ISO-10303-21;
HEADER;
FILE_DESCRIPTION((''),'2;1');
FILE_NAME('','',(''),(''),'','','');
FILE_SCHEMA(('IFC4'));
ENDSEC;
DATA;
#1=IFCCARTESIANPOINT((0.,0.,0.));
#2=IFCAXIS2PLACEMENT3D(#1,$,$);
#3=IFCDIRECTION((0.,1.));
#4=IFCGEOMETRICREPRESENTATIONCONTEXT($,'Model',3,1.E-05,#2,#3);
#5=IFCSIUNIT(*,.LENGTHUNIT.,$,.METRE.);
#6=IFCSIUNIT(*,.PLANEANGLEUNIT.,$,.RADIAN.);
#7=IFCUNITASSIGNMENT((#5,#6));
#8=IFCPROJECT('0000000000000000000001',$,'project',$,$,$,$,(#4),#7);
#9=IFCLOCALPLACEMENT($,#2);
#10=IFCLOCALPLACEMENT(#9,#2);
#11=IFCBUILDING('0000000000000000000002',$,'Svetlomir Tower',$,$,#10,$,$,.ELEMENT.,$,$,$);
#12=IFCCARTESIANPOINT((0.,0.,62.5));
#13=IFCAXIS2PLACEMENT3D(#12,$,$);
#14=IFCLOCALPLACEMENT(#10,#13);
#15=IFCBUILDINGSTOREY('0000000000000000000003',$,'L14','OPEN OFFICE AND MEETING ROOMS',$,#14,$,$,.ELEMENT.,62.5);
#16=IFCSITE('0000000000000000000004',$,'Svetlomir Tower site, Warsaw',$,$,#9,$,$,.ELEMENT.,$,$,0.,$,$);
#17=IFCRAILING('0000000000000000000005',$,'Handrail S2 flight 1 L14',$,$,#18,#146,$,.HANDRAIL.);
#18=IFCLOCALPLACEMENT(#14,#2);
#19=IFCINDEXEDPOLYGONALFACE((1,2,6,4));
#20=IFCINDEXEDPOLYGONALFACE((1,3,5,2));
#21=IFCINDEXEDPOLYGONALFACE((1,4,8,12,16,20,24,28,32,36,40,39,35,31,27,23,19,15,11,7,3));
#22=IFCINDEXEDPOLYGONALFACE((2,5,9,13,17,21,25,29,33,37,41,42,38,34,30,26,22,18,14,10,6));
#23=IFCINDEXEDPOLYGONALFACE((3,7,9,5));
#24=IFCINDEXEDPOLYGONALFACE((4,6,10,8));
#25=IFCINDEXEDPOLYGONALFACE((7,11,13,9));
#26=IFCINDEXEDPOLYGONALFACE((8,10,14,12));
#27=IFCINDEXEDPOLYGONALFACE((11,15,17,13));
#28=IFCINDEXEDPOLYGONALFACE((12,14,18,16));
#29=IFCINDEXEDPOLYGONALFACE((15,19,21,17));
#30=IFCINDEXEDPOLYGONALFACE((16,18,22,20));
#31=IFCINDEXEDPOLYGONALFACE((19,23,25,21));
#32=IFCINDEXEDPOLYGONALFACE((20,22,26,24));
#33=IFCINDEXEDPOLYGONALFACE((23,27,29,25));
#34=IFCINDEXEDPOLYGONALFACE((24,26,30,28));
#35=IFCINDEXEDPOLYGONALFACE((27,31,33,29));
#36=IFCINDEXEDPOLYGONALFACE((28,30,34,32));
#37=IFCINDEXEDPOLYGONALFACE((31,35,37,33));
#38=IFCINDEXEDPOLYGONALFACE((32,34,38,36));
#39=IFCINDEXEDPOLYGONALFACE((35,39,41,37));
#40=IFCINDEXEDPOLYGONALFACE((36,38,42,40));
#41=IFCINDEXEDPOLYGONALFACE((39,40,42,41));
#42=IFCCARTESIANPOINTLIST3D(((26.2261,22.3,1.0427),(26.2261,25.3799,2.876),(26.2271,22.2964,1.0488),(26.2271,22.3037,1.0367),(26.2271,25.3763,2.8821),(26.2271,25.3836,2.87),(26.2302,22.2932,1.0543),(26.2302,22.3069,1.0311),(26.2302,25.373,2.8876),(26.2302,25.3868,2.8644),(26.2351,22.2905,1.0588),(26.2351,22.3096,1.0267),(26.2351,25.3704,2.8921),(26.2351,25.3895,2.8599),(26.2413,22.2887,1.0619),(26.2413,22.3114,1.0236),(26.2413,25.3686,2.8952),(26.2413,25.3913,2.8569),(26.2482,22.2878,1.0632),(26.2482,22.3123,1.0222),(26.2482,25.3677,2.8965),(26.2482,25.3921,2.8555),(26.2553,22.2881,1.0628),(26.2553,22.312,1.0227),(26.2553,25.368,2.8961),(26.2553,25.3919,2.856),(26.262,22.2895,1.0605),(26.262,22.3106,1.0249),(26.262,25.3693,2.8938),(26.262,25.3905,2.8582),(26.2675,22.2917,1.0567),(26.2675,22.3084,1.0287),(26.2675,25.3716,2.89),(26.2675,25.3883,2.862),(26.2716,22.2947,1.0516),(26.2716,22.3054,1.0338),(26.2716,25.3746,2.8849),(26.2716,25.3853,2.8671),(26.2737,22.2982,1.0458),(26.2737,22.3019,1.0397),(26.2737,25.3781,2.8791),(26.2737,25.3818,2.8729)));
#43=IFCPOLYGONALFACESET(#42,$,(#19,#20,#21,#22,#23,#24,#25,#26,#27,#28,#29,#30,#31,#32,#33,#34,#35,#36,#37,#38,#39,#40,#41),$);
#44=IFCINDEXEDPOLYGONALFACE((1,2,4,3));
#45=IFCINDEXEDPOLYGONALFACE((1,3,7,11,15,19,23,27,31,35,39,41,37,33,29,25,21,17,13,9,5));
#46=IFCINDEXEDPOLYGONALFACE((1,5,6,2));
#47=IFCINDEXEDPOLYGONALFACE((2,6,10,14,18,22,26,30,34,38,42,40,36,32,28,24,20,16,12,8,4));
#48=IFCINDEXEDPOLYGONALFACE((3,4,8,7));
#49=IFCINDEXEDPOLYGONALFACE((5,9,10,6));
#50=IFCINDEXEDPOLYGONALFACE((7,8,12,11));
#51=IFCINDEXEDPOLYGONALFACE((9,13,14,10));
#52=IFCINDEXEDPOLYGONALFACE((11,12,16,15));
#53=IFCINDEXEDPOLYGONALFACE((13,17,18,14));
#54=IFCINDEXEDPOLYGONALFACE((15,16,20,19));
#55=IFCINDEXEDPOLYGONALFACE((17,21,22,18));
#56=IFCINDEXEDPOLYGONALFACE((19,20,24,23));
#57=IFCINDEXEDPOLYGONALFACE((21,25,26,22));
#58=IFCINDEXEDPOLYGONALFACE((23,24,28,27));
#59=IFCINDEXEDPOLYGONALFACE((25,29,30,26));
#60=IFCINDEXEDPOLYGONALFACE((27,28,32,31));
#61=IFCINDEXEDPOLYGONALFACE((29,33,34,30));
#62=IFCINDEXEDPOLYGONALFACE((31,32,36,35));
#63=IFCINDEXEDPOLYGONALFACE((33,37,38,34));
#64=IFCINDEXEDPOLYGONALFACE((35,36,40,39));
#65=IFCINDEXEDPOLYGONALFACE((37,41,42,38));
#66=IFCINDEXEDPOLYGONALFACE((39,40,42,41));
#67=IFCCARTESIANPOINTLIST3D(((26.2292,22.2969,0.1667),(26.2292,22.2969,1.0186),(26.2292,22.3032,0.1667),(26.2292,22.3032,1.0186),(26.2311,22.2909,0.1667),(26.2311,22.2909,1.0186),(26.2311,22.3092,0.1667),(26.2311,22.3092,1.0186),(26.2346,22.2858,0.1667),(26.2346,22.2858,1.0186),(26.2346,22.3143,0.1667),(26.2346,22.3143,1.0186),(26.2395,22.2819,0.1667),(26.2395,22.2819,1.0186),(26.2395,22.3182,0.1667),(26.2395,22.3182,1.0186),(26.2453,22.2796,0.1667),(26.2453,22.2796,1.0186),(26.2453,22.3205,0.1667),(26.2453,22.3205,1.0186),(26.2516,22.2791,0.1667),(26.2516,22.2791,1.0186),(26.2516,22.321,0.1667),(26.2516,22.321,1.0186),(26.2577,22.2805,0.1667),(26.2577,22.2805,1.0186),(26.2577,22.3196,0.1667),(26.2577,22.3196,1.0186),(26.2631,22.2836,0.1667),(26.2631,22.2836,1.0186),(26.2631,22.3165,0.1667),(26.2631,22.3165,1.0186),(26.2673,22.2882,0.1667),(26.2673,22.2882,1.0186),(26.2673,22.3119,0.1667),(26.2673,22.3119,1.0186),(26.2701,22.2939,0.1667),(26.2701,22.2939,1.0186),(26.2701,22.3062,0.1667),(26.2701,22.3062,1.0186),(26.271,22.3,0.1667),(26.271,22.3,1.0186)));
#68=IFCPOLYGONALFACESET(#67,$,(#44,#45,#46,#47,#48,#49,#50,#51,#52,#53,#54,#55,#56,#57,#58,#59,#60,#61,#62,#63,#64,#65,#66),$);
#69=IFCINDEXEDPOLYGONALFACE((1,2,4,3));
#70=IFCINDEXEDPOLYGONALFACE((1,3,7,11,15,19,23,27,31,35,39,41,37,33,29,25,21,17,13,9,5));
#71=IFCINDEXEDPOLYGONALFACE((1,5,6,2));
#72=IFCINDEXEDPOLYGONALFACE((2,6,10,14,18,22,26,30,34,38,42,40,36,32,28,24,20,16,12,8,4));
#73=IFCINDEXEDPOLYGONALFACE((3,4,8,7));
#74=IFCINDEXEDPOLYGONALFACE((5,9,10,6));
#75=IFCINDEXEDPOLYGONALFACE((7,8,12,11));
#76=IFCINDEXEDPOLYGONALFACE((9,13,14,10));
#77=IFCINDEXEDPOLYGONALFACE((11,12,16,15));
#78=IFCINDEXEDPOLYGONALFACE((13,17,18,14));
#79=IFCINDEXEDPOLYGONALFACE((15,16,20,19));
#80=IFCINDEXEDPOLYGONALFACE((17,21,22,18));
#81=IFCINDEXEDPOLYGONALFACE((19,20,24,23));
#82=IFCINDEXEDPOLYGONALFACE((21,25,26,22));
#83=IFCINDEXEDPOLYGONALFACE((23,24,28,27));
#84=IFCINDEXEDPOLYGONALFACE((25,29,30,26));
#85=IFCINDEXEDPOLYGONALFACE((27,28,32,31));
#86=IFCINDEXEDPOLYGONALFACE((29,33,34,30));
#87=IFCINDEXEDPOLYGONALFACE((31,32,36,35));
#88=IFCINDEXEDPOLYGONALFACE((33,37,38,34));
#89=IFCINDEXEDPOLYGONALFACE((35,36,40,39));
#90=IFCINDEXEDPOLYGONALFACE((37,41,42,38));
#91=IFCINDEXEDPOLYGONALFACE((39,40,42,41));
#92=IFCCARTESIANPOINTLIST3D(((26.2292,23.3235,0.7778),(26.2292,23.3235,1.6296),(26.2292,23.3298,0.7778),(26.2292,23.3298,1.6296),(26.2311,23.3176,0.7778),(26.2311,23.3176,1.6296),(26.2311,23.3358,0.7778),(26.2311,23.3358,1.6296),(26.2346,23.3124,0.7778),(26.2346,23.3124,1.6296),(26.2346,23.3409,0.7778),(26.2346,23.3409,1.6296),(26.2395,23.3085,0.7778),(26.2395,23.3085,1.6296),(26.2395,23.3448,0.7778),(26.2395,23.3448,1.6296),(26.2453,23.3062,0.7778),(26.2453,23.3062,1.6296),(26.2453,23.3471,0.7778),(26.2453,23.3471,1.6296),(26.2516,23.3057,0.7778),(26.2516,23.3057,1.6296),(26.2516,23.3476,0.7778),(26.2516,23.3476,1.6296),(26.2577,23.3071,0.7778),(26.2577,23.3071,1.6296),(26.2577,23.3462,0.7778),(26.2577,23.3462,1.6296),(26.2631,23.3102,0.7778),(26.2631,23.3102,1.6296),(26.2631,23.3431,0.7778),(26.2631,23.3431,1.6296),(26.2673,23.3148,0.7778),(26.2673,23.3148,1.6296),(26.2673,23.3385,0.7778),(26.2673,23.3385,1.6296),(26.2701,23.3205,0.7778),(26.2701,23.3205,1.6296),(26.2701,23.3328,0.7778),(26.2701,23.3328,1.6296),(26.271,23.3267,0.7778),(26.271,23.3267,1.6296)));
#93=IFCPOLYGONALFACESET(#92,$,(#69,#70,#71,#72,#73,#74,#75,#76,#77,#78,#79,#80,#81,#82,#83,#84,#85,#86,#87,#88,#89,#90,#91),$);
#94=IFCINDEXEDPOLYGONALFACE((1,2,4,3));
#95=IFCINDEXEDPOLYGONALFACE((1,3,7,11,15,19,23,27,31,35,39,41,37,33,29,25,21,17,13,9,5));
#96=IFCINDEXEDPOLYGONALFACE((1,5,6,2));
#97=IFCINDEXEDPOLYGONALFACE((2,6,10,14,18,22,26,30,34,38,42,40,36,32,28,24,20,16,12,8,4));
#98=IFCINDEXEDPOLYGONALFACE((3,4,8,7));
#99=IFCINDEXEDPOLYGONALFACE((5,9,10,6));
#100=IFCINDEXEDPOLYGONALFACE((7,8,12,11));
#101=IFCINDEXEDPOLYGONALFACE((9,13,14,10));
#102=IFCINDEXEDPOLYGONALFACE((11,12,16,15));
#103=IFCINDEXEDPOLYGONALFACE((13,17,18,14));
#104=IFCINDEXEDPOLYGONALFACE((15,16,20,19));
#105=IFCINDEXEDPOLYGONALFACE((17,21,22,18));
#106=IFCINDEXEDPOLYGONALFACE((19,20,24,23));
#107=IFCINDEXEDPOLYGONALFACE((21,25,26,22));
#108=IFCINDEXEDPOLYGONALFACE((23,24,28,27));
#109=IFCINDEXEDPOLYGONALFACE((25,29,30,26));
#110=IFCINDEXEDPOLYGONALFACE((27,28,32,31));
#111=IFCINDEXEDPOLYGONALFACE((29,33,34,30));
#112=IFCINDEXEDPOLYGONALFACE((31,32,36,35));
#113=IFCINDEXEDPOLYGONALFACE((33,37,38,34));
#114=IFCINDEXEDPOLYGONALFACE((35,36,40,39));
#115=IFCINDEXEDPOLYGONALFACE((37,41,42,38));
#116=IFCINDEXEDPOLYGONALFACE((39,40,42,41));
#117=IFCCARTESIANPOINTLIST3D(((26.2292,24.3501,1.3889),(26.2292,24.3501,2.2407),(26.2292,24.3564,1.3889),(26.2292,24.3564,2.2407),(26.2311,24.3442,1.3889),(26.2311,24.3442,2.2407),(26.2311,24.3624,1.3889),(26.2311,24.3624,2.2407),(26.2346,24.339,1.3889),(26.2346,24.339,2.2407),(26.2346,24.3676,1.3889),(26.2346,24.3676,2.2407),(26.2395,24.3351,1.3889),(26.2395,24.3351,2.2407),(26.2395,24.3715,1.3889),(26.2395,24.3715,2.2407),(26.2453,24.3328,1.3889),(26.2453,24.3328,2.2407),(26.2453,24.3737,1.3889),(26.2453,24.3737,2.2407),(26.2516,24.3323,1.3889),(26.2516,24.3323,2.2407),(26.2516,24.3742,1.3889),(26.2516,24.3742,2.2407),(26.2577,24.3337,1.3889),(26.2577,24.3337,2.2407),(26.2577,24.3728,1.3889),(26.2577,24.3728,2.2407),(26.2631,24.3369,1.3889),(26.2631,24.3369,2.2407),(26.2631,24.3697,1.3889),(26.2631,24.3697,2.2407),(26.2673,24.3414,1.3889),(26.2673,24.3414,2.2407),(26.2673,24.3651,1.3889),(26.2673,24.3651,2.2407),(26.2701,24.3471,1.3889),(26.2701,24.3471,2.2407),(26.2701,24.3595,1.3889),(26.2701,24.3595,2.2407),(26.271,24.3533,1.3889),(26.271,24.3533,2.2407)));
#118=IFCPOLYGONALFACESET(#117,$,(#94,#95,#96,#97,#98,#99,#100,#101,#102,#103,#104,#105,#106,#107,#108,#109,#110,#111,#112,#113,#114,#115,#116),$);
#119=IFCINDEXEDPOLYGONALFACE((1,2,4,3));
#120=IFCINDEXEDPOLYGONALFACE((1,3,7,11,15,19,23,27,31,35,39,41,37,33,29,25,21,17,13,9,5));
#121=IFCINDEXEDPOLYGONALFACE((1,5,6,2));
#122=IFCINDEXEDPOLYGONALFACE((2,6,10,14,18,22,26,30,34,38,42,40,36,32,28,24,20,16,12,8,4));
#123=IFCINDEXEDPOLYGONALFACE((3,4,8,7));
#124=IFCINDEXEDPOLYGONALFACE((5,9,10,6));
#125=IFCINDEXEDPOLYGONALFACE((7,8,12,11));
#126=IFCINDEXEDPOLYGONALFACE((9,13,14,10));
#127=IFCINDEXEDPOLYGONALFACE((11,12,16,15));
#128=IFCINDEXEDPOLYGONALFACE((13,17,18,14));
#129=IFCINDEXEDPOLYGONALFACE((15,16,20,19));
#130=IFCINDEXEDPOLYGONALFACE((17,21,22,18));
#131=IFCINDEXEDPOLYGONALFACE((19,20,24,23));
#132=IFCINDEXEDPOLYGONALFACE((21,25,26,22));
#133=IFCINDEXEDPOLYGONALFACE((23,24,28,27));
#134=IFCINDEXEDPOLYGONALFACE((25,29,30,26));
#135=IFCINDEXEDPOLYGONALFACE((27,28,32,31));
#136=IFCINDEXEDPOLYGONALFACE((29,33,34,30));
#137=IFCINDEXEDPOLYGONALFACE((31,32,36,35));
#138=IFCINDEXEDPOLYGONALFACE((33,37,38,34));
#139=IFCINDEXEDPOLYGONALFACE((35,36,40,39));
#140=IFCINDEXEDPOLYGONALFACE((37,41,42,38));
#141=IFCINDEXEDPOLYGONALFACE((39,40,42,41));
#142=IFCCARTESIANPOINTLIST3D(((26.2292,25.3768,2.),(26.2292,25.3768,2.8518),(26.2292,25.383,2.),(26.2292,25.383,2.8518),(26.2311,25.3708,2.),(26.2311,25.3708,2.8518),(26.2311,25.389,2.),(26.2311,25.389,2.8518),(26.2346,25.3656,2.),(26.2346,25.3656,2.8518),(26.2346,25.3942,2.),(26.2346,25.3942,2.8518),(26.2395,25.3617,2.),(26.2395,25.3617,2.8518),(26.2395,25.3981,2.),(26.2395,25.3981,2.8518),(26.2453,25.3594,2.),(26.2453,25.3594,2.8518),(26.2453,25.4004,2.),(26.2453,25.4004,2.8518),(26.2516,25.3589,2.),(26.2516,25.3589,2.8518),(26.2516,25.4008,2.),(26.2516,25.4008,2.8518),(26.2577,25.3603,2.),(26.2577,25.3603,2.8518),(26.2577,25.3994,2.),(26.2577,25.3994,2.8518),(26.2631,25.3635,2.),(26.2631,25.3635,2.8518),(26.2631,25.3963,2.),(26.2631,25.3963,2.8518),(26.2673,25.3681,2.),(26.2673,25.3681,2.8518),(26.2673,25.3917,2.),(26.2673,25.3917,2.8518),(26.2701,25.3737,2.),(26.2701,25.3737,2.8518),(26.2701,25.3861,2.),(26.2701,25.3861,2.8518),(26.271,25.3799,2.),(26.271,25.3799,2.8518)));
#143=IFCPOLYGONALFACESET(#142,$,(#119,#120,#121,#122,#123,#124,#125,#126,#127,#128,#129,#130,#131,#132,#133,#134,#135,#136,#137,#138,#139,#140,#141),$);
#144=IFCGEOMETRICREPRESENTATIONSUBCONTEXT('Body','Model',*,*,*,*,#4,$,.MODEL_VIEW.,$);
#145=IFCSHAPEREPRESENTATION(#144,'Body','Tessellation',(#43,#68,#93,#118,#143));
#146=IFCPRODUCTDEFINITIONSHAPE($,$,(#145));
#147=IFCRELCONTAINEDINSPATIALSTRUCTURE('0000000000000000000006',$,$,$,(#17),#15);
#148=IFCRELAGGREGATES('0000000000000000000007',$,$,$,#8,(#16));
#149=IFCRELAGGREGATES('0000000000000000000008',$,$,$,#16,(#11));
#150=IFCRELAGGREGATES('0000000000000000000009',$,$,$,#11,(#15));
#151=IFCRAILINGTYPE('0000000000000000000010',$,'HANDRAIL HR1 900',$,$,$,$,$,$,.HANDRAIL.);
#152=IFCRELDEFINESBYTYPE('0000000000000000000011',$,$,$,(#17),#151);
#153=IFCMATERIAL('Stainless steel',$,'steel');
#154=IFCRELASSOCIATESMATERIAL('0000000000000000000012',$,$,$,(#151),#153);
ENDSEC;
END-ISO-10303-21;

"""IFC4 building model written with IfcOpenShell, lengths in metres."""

from ifc_helpers import new_model, si_unit, direction, frame, origin, origin_2d, place, context, subcontext, project, spatial, circle, extrude, material, type_object, element, save


model = new_model("IFC4")

# Units and contexts
model_context = context("Model", 3, precision=1e-05, world=origin(), true_north=direction((0.0, 1.0)))
body_context = subcontext(model_context, "Body", "Model", "MODEL_VIEW")
ifc_project = project(units=[si_unit("LENGTHUNIT", "METRE"), si_unit("PLANEANGLEUNIT", "RADIAN")], contexts=[model_context])

# Site, building, storey
site_placement = place(None, origin())
site = spatial("IfcSite", under=ifc_project, at=site_placement, Name="Svetlomir Tower site, Warsaw", CompositionType="ELEMENT", RefElevation=0.0)
building_placement = place(site_placement, origin())
building = spatial("IfcBuilding", under=site, at=building_placement, Name="Svetlomir Tower", CompositionType="ELEMENT")
storey_placement = place(building_placement, frame((0.0, 0.0, 62.5)))
storey = spatial("IfcBuildingStorey", under=building, at=storey_placement, Name="L14", Description="OPEN OFFICE AND MEETING ROOMS", CompositionType="ELEMENT", Elevation=62.5)

# Railing
ifc_material_1 = material(Name="Stainless steel", Category="steel")
railing_type = type_object("IfcRailingType", Name="HANDRAIL HR1 900", PredefinedType="HANDRAIL", material=ifc_material_1)
railing_1_placement = place(storey_placement, frame((26.25, 22.3, 0.1667)))
element("IfcRailing", 1, at=railing_1_placement, inside=storey, type_object=railing_type, Name="Handrail S2 flight 1 L14", PredefinedType="HANDRAIL", context=body_context, shape_type="SweptSolid", body=[
    extrude(circle(Radius=0.0239, at=origin_2d()), frame((0.0, 0.0, 0.876), z_axis=(0.0, 0.859291, 0.511487), x_axis=(-1.0, 0.0, 0.0)), (0.0, 0.0, 1.0), 3.5842),
    extrude(circle(Radius=0.021, at=origin_2d()), origin(), (0.0, 0.0, 1.0), 0.8518),
    extrude(circle(Radius=0.021, at=origin_2d()), frame((0.0, 1.0266, 0.6111)), (0.0, 0.0, 1.0), 0.8518),
    extrude(circle(Radius=0.021, at=origin_2d()), frame((0.0, 2.0532, 1.2222)), (0.0, 0.0, 1.0), 0.8518),
    extrude(circle(Radius=0.021, at=origin_2d()), frame((0.0, 3.0798, 1.8333)), (0.0, 0.0, 1.0), 0.8518),
])

save(model, "model.ifc")
